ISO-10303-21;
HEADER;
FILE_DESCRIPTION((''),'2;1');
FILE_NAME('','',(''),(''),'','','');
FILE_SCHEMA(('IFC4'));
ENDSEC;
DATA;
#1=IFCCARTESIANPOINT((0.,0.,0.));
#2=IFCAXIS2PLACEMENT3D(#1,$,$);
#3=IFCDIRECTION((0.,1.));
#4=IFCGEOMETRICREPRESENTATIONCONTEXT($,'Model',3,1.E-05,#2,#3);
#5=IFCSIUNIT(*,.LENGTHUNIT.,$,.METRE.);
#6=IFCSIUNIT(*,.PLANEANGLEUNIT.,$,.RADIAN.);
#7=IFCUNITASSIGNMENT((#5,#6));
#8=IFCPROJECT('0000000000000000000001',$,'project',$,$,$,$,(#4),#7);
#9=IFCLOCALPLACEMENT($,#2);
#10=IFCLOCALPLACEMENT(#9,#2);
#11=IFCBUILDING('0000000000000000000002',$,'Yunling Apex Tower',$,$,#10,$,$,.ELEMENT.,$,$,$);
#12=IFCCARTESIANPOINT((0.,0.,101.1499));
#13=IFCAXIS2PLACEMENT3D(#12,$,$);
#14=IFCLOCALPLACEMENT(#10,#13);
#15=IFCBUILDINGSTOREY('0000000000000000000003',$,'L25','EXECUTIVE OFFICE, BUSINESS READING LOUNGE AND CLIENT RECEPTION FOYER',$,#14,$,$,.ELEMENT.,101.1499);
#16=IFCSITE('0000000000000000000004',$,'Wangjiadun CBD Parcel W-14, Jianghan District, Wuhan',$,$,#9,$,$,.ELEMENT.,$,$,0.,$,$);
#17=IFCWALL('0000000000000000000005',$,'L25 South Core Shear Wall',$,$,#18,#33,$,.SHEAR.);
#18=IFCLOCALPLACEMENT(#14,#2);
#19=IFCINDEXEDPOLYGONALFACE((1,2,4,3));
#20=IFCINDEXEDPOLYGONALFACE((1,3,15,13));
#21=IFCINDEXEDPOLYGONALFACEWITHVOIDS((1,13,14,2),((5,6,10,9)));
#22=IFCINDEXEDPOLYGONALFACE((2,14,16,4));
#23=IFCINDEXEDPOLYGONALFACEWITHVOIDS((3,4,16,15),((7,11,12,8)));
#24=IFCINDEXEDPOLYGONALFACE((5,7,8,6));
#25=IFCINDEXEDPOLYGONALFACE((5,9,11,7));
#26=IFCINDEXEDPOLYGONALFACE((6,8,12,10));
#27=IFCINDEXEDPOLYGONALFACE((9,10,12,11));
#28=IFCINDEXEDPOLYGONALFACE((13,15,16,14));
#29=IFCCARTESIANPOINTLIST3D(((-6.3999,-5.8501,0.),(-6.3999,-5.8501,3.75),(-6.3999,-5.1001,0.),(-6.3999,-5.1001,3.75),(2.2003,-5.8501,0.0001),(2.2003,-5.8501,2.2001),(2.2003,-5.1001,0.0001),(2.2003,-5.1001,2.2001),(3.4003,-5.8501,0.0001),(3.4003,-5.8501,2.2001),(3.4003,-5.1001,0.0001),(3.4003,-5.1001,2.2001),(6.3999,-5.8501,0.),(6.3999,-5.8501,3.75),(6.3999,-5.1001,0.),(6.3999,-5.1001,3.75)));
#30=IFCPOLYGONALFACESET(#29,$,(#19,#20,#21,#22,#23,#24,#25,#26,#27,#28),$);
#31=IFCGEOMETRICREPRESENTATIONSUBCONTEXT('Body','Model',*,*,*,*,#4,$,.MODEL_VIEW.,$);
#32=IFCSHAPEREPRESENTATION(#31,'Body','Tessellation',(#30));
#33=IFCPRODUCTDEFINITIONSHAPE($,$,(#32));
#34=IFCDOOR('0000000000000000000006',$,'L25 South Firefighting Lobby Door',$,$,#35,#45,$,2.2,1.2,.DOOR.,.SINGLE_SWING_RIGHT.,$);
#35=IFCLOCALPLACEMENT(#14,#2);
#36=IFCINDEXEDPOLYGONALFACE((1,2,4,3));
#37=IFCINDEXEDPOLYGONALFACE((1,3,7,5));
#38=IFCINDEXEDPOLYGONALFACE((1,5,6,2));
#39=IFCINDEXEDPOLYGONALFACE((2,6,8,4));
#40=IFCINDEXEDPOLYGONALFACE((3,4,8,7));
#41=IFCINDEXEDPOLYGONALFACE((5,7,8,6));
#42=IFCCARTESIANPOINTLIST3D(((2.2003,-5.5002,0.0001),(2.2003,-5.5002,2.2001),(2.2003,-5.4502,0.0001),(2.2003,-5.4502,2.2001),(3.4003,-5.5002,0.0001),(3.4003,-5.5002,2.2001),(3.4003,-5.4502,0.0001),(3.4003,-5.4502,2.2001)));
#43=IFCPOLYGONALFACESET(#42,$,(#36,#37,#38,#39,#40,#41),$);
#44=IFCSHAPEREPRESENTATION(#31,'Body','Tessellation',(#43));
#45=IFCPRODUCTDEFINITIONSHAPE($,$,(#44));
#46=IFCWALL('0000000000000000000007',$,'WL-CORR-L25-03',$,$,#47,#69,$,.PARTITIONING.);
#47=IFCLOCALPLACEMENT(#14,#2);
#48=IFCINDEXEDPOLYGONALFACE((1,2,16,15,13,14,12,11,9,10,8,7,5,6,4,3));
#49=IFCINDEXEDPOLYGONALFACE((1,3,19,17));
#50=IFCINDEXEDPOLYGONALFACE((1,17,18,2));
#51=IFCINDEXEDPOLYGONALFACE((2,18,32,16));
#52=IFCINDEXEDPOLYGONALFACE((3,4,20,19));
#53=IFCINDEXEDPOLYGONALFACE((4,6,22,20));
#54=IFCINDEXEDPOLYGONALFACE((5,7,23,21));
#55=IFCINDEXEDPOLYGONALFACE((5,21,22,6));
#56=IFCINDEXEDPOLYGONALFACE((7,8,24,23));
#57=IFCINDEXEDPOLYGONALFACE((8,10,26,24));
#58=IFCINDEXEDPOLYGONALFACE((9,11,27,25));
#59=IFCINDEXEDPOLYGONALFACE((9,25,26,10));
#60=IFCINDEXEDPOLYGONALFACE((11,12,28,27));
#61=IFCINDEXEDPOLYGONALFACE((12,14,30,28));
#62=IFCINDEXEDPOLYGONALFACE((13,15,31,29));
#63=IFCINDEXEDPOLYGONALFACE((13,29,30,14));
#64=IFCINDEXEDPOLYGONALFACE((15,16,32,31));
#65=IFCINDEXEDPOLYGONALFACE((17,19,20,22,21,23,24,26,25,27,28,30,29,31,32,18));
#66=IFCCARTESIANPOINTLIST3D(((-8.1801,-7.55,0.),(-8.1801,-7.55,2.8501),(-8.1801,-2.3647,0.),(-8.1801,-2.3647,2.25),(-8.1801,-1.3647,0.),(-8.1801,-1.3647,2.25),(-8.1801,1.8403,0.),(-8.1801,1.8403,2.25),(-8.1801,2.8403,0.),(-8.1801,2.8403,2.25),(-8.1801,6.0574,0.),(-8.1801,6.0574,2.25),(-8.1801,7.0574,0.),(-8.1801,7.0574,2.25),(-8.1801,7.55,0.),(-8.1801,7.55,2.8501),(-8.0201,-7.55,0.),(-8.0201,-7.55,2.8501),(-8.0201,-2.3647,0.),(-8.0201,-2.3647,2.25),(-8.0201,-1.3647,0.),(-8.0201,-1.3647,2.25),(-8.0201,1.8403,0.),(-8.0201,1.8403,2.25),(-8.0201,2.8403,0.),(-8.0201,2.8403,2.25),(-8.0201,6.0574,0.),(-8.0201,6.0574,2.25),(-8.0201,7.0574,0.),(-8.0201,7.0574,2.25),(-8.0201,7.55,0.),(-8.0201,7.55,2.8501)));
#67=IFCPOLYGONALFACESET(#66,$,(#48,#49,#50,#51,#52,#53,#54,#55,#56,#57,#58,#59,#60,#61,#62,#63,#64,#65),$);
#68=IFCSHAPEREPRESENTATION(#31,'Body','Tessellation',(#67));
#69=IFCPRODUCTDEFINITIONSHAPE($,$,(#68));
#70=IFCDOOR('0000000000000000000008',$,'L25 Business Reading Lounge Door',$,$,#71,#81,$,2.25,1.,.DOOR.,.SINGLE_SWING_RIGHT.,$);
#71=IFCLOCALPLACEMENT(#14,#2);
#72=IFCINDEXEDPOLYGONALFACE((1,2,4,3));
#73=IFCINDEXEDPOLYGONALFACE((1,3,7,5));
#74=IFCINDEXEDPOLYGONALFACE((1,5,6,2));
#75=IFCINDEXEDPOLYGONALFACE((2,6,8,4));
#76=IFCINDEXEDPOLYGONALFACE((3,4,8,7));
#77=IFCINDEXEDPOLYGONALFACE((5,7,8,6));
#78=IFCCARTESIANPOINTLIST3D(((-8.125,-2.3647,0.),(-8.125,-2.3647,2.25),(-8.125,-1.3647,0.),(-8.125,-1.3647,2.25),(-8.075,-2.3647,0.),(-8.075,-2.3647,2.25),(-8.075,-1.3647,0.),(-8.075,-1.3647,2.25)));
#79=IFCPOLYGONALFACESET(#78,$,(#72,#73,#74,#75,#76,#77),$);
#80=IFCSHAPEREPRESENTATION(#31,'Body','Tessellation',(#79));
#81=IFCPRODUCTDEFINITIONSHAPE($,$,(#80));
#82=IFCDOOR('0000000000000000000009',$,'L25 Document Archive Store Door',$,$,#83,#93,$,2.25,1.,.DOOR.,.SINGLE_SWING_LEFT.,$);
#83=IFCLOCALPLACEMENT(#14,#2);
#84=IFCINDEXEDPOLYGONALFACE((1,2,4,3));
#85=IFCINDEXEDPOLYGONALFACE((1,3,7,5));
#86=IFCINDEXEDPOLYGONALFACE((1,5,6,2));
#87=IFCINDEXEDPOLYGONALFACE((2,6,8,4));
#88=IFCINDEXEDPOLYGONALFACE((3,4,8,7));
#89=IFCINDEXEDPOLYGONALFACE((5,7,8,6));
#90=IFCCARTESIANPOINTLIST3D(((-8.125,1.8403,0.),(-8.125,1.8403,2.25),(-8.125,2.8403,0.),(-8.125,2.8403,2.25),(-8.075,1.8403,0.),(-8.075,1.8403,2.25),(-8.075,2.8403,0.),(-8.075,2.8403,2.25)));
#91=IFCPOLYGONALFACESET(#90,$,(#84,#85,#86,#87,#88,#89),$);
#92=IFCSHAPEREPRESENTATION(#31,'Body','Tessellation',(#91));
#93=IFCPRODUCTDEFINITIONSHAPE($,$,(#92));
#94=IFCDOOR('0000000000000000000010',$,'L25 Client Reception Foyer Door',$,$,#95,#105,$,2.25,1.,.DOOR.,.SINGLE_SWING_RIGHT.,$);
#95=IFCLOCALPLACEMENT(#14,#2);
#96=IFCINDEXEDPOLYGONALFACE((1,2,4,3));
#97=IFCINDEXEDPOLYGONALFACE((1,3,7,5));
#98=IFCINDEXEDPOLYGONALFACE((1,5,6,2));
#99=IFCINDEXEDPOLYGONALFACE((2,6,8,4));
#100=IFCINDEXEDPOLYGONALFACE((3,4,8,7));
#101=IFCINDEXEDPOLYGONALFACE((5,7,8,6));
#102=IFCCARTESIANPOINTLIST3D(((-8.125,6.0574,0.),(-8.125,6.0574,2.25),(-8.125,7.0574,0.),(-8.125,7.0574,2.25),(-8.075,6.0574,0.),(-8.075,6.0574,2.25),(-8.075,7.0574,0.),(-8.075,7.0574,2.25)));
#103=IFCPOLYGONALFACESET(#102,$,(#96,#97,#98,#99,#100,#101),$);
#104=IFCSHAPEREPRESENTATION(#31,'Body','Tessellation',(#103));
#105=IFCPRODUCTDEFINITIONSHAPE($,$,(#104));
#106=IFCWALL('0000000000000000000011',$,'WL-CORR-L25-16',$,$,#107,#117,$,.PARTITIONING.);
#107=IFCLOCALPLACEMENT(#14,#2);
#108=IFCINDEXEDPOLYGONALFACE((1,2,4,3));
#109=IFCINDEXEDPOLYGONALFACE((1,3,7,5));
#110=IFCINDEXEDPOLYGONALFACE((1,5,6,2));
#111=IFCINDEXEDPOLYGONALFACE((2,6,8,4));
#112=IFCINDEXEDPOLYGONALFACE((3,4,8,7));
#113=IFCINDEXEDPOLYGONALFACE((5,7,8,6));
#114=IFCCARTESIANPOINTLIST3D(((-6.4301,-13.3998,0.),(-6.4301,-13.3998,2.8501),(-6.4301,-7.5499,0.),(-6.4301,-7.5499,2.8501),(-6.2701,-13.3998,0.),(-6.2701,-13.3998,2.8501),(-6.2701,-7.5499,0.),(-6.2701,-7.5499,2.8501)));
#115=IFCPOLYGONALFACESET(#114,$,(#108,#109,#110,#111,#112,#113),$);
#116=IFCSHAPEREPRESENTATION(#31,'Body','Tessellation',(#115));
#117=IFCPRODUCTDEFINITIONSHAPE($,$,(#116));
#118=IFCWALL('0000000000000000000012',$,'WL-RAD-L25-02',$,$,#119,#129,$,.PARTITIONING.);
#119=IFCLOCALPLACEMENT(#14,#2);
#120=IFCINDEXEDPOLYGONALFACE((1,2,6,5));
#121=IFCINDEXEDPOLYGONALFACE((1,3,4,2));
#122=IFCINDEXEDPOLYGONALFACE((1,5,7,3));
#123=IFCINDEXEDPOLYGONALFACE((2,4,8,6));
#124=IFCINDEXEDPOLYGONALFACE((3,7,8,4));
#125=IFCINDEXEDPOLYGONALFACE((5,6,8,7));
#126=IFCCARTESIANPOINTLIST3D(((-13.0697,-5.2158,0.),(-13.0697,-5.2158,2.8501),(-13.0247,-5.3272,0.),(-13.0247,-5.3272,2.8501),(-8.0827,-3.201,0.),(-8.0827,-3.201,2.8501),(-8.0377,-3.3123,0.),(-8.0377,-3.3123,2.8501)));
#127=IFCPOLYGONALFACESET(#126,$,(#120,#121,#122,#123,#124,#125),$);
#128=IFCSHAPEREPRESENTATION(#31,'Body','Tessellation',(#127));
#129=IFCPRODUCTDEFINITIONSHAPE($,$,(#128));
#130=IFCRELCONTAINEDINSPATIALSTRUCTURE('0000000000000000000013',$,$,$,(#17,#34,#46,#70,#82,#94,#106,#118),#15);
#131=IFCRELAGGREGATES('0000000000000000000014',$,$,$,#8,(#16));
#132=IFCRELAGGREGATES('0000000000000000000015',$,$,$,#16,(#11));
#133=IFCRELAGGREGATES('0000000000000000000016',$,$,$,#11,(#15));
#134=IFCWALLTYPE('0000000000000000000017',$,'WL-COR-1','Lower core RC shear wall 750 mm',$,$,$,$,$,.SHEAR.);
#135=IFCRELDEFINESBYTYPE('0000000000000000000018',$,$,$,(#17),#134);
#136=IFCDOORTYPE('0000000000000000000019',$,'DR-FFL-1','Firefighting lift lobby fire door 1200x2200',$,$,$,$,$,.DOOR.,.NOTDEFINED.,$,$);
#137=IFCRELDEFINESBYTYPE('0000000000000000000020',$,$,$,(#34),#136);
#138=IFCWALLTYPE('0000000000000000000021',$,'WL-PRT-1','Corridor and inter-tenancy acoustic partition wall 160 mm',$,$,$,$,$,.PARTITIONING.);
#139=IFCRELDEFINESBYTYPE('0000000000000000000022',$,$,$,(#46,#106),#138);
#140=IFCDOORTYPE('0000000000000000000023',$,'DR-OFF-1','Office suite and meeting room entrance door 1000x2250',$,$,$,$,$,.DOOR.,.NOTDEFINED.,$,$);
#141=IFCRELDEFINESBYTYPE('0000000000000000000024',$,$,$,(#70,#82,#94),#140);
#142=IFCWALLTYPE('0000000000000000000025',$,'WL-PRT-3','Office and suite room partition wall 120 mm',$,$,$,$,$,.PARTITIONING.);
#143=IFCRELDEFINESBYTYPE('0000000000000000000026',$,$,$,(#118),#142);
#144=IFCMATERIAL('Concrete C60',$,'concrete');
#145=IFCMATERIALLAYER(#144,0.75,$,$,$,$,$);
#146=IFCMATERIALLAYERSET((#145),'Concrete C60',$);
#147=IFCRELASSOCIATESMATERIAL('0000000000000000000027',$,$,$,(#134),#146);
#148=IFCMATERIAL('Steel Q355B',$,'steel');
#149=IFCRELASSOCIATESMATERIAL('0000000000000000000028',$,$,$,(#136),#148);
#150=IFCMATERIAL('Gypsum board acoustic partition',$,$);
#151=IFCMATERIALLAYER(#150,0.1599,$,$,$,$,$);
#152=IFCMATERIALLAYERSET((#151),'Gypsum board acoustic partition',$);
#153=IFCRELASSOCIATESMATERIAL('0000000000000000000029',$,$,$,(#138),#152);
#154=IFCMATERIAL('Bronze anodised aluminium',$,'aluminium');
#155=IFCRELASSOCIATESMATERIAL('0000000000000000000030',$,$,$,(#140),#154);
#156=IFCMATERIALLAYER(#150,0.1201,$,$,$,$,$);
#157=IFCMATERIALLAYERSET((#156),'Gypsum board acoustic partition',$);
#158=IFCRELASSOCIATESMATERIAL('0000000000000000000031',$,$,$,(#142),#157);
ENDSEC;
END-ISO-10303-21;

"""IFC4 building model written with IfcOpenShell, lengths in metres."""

from ifc_helpers import new_model, si_unit, direction, frame, frame_2d, origin, place, context, subcontext, project, spatial, rectangle, extrude, material, layer, layer_set, type_object, element, fill, save


model = new_model("IFC4")

# Units and contexts
model_context = context("Model", 3, precision=1e-05, world=origin(), true_north=direction((0.0, 1.0)))
body_context = subcontext(model_context, "Body", "Model", "MODEL_VIEW")
ifc_project = project(units=[si_unit("LENGTHUNIT", "METRE"), si_unit("PLANEANGLEUNIT", "RADIAN")], contexts=[model_context])

# Site, building, storey
site_placement = place(None, origin())
site = spatial("IfcSite", under=ifc_project, at=site_placement, Name="Wangjiadun CBD Parcel W-14, Jianghan District, Wuhan", CompositionType="ELEMENT", RefElevation=0.0)
building_placement = place(site_placement, origin())
building = spatial("IfcBuilding", under=site, at=building_placement, Name="Yunling Apex Tower", CompositionType="ELEMENT")
storey_placement = place(building_placement, frame((0.0, 0.0, 101.1499)))
storey = spatial("IfcBuildingStorey", under=building, at=storey_placement, Name="L25", Description="EXECUTIVE OFFICE, BUSINESS READING LOUNGE AND CLIENT RECEPTION FOYER", CompositionType="ELEMENT", Elevation=101.1499)

# Shared definitions
ifc_material_1 = material(Name="Steel Q355B", Category="steel")

# Shared definitions
ifc_material_2 = material(Name="Bronze anodised aluminium", Category="aluminium")

# Wall, opening, door
ifc_material_3 = material(Name="Concrete C60", Category="concrete")
ifc_layer_1 = layer(ifc_material_3, 0.75)
ifc_layer_set_1 = layer_set([ifc_layer_1], Name="Concrete C60")
wall_type_1 = type_object("IfcWallType", Name="WL-COR-1", Description="Lower core RC shear wall 750 mm", PredefinedType="SHEAR", material=ifc_layer_set_1)
wall_1_placement = place(storey_placement, frame((-6.3999, -5.4751, 0.0), z_axis=(0.0, 0.0, 1.0), x_axis=(1.0, 0.0, 0.0)))
wall_1 = element("IfcWall", 1, at=wall_1_placement, inside=storey, type_object=wall_type_1, Name="L25 South Core Shear Wall", PredefinedType="SHEAR", context=body_context, shape_type="SweptSolid", body=[
    extrude(rectangle(XDim=12.7998, YDim=0.75, at=frame_2d((6.3999, 0.0))), origin(), (0.0, 0.0, 1.0), 3.75),
])
opening_1_placement = place(wall_1_placement, frame((8.6001, 0.0, 0.0)))
opening_1 = element("IfcOpeningElement", 2, at=opening_1_placement, cuts=wall_1, PredefinedType="OPENING", context=body_context, shape_type="SweptSolid", body=[
    extrude(rectangle(XDim=1.2, YDim=2.2, at=frame_2d((0.6001, 1.1001))), frame((0.0, 0.385, 0.0), z_axis=(0.0, -1.0, 0.0), x_axis=(1.0, 0.0, 0.0)), (0.0, 0.0, 1.0), 0.77),
])
door_type_1 = type_object("IfcDoorType", Name="DR-FFL-1", Description="Firefighting lift lobby fire door 1200x2200", OperationType="NOTDEFINED", PredefinedType="DOOR", material=ifc_material_1)
door_1_placement = place(opening_1_placement, origin())
door_1 = element("IfcDoor", 3, at=door_1_placement, inside=storey, type_object=door_type_1, Name="L25 South Firefighting Lobby Door", OperationType="SINGLE_SWING_RIGHT", OverallHeight=2.2, OverallWidth=1.2, PredefinedType="DOOR", context=body_context, shape_type="SweptSolid", body=[
    extrude(rectangle(XDim=1.2, YDim=2.2, at=frame_2d((0.6001, 1.1001))), frame((0.0, 0.0249, 0.0), z_axis=(0.0, -1.0, 0.0), x_axis=(1.0, 0.0, 0.0)), (0.0, 0.0, 1.0), 0.05),
])
fill(opening_1, door_1)

# Wall, openings, doors
ifc_material_4 = material(Name="Gypsum board acoustic partition")
ifc_layer_2 = layer(ifc_material_4, 0.1599)
ifc_layer_set_2 = layer_set([ifc_layer_2], Name="Gypsum board acoustic partition")
wall_type_2 = type_object("IfcWallType", Name="WL-PRT-1", Description="Corridor and inter-tenancy acoustic partition wall 160 mm", PredefinedType="PARTITIONING", material=ifc_layer_set_2)
wall_2_placement = place(storey_placement, frame((-8.1001, -7.55, 0.0), z_axis=(0.0, 0.0, 1.0), x_axis=(0.0, 1.0, 0.0)))
wall_2 = element("IfcWall", 4, at=wall_2_placement, inside=storey, type_object=wall_type_2, Name="WL-CORR-L25-03", PredefinedType="PARTITIONING", context=body_context, shape_type="SweptSolid", body=[
    extrude(rectangle(XDim=15.1001, YDim=0.1599, at=frame_2d((7.55, 0.0))), origin(), (0.0, 0.0, 1.0), 2.8501),
])
opening_2_placement = place(wall_2_placement, frame((5.1853, 0.0, 0.0)))
opening_2 = element("IfcOpeningElement", 5, at=opening_2_placement, cuts=wall_2, PredefinedType="OPENING", context=body_context, shape_type="SweptSolid", body=[
    extrude(rectangle(XDim=1.0, YDim=2.25, at=frame_2d((0.5, 1.125))), frame((0.0, 0.0898, 0.0), z_axis=(0.0, -1.0, 0.0), x_axis=(1.0, 0.0, 0.0)), (0.0, 0.0, 1.0), 0.1799),
])
opening_3_placement = place(wall_2_placement, frame((9.3904, 0.0, 0.0)))
opening_3 = element("IfcOpeningElement", 6, at=opening_3_placement, cuts=wall_2, PredefinedType="OPENING", context=body_context, shape_type="SweptSolid", body=[
    extrude(rectangle(XDim=1.0, YDim=2.25, at=frame_2d((0.5, 1.125))), frame((0.0, 0.0898, 0.0), z_axis=(0.0, -1.0, 0.0), x_axis=(1.0, 0.0, 0.0)), (0.0, 0.0, 1.0), 0.1799),
])
opening_4_placement = place(wall_2_placement, frame((13.6074, 0.0, 0.0)))
opening_4 = element("IfcOpeningElement", 7, at=opening_4_placement, cuts=wall_2, PredefinedType="OPENING", context=body_context, shape_type="SweptSolid", body=[
    extrude(rectangle(XDim=1.0, YDim=2.25, at=frame_2d((0.5, 1.125))), frame((0.0, 0.0898, 0.0), z_axis=(0.0, -1.0, 0.0), x_axis=(1.0, 0.0, 0.0)), (0.0, 0.0, 1.0), 0.1799),
])
door_type_2 = type_object("IfcDoorType", Name="DR-OFF-1", Description="Office suite and meeting room entrance door 1000x2250", OperationType="NOTDEFINED", PredefinedType="DOOR", material=ifc_material_2)
door_2_placement = place(opening_2_placement, origin())
door_2 = element("IfcDoor", 8, at=door_2_placement, inside=storey, type_object=door_type_2, Name="L25 Business Reading Lounge Door", OperationType="SINGLE_SWING_RIGHT", OverallHeight=2.25, OverallWidth=1.0, PredefinedType="DOOR", context=body_context, shape_type="SweptSolid", body=[
    extrude(rectangle(XDim=1.0, YDim=2.25, at=frame_2d((0.5, 1.125))), frame((0.0, 0.0249, 0.0), z_axis=(0.0, -1.0, 0.0), x_axis=(1.0, 0.0, 0.0)), (0.0, 0.0, 1.0), 0.05),
])
fill(opening_2, door_2)
door_3_placement = place(opening_3_placement, origin())
door_3 = element("IfcDoor", 9, at=door_3_placement, inside=storey, type_object=door_type_2, Name="L25 Document Archive Store Door", OperationType="SINGLE_SWING_LEFT", OverallHeight=2.25, OverallWidth=1.0, PredefinedType="DOOR", context=body_context, shape_type="SweptSolid", body=[
    extrude(rectangle(XDim=1.0, YDim=2.25, at=frame_2d((0.5, 1.125))), frame((0.0, 0.0249, 0.0), z_axis=(0.0, -1.0, 0.0), x_axis=(1.0, 0.0, 0.0)), (0.0, 0.0, 1.0), 0.05),
])
fill(opening_3, door_3)
door_4_placement = place(opening_4_placement, origin())
door_4 = element("IfcDoor", 10, at=door_4_placement, inside=storey, type_object=door_type_2, Name="L25 Client Reception Foyer Door", OperationType="SINGLE_SWING_RIGHT", OverallHeight=2.25, OverallWidth=1.0, PredefinedType="DOOR", context=body_context, shape_type="SweptSolid", body=[
    extrude(rectangle(XDim=1.0, YDim=2.25, at=frame_2d((0.5, 1.125))), frame((0.0, 0.0249, 0.0), z_axis=(0.0, -1.0, 0.0), x_axis=(1.0, 0.0, 0.0)), (0.0, 0.0, 1.0), 0.05),
])
fill(opening_4, door_4)

# Walls
wall_3_placement = place(storey_placement, frame((-6.3501, -7.55, 0.0), z_axis=(0.0, 0.0, 1.0), x_axis=(0.0, -1.0, 0.0)))
element("IfcWall", 11, at=wall_3_placement, inside=storey, type_object=wall_type_2, Name="WL-CORR-L25-16", PredefinedType="PARTITIONING", context=body_context, shape_type="SweptSolid", body=[
    extrude(rectangle(XDim=5.8499, YDim=0.1599, at=frame_2d((2.9248, 0.0))), origin(), (0.0, 0.0, 1.0), 2.8501),
])
ifc_layer_3 = layer(ifc_material_4, 0.1201)
ifc_layer_set_3 = layer_set([ifc_layer_3], Name="Gypsum board acoustic partition")
wall_type_3 = type_object("IfcWallType", Name="WL-PRT-3", Description="Office and suite room partition wall 120 mm", PredefinedType="PARTITIONING", material=ifc_layer_set_3)
wall_4_placement = place(storey_placement, frame((-8.0601, -3.2566, 0.0), z_axis=(0.0, 0.0, 1.0), x_axis=(-0.927185, -0.374605, 0.0)))
element("IfcWall", 12, at=wall_4_placement, inside=storey, type_object=wall_type_3, Name="WL-RAD-L25-02", PredefinedType="PARTITIONING", context=body_context, shape_type="SweptSolid", body=[
    extrude(rectangle(XDim=5.3787, YDim=0.1201, at=frame_2d((2.6895, 0.0))), origin(), (0.0, 0.0, 1.0), 2.8501),
])

save(model, "model.ifc")
